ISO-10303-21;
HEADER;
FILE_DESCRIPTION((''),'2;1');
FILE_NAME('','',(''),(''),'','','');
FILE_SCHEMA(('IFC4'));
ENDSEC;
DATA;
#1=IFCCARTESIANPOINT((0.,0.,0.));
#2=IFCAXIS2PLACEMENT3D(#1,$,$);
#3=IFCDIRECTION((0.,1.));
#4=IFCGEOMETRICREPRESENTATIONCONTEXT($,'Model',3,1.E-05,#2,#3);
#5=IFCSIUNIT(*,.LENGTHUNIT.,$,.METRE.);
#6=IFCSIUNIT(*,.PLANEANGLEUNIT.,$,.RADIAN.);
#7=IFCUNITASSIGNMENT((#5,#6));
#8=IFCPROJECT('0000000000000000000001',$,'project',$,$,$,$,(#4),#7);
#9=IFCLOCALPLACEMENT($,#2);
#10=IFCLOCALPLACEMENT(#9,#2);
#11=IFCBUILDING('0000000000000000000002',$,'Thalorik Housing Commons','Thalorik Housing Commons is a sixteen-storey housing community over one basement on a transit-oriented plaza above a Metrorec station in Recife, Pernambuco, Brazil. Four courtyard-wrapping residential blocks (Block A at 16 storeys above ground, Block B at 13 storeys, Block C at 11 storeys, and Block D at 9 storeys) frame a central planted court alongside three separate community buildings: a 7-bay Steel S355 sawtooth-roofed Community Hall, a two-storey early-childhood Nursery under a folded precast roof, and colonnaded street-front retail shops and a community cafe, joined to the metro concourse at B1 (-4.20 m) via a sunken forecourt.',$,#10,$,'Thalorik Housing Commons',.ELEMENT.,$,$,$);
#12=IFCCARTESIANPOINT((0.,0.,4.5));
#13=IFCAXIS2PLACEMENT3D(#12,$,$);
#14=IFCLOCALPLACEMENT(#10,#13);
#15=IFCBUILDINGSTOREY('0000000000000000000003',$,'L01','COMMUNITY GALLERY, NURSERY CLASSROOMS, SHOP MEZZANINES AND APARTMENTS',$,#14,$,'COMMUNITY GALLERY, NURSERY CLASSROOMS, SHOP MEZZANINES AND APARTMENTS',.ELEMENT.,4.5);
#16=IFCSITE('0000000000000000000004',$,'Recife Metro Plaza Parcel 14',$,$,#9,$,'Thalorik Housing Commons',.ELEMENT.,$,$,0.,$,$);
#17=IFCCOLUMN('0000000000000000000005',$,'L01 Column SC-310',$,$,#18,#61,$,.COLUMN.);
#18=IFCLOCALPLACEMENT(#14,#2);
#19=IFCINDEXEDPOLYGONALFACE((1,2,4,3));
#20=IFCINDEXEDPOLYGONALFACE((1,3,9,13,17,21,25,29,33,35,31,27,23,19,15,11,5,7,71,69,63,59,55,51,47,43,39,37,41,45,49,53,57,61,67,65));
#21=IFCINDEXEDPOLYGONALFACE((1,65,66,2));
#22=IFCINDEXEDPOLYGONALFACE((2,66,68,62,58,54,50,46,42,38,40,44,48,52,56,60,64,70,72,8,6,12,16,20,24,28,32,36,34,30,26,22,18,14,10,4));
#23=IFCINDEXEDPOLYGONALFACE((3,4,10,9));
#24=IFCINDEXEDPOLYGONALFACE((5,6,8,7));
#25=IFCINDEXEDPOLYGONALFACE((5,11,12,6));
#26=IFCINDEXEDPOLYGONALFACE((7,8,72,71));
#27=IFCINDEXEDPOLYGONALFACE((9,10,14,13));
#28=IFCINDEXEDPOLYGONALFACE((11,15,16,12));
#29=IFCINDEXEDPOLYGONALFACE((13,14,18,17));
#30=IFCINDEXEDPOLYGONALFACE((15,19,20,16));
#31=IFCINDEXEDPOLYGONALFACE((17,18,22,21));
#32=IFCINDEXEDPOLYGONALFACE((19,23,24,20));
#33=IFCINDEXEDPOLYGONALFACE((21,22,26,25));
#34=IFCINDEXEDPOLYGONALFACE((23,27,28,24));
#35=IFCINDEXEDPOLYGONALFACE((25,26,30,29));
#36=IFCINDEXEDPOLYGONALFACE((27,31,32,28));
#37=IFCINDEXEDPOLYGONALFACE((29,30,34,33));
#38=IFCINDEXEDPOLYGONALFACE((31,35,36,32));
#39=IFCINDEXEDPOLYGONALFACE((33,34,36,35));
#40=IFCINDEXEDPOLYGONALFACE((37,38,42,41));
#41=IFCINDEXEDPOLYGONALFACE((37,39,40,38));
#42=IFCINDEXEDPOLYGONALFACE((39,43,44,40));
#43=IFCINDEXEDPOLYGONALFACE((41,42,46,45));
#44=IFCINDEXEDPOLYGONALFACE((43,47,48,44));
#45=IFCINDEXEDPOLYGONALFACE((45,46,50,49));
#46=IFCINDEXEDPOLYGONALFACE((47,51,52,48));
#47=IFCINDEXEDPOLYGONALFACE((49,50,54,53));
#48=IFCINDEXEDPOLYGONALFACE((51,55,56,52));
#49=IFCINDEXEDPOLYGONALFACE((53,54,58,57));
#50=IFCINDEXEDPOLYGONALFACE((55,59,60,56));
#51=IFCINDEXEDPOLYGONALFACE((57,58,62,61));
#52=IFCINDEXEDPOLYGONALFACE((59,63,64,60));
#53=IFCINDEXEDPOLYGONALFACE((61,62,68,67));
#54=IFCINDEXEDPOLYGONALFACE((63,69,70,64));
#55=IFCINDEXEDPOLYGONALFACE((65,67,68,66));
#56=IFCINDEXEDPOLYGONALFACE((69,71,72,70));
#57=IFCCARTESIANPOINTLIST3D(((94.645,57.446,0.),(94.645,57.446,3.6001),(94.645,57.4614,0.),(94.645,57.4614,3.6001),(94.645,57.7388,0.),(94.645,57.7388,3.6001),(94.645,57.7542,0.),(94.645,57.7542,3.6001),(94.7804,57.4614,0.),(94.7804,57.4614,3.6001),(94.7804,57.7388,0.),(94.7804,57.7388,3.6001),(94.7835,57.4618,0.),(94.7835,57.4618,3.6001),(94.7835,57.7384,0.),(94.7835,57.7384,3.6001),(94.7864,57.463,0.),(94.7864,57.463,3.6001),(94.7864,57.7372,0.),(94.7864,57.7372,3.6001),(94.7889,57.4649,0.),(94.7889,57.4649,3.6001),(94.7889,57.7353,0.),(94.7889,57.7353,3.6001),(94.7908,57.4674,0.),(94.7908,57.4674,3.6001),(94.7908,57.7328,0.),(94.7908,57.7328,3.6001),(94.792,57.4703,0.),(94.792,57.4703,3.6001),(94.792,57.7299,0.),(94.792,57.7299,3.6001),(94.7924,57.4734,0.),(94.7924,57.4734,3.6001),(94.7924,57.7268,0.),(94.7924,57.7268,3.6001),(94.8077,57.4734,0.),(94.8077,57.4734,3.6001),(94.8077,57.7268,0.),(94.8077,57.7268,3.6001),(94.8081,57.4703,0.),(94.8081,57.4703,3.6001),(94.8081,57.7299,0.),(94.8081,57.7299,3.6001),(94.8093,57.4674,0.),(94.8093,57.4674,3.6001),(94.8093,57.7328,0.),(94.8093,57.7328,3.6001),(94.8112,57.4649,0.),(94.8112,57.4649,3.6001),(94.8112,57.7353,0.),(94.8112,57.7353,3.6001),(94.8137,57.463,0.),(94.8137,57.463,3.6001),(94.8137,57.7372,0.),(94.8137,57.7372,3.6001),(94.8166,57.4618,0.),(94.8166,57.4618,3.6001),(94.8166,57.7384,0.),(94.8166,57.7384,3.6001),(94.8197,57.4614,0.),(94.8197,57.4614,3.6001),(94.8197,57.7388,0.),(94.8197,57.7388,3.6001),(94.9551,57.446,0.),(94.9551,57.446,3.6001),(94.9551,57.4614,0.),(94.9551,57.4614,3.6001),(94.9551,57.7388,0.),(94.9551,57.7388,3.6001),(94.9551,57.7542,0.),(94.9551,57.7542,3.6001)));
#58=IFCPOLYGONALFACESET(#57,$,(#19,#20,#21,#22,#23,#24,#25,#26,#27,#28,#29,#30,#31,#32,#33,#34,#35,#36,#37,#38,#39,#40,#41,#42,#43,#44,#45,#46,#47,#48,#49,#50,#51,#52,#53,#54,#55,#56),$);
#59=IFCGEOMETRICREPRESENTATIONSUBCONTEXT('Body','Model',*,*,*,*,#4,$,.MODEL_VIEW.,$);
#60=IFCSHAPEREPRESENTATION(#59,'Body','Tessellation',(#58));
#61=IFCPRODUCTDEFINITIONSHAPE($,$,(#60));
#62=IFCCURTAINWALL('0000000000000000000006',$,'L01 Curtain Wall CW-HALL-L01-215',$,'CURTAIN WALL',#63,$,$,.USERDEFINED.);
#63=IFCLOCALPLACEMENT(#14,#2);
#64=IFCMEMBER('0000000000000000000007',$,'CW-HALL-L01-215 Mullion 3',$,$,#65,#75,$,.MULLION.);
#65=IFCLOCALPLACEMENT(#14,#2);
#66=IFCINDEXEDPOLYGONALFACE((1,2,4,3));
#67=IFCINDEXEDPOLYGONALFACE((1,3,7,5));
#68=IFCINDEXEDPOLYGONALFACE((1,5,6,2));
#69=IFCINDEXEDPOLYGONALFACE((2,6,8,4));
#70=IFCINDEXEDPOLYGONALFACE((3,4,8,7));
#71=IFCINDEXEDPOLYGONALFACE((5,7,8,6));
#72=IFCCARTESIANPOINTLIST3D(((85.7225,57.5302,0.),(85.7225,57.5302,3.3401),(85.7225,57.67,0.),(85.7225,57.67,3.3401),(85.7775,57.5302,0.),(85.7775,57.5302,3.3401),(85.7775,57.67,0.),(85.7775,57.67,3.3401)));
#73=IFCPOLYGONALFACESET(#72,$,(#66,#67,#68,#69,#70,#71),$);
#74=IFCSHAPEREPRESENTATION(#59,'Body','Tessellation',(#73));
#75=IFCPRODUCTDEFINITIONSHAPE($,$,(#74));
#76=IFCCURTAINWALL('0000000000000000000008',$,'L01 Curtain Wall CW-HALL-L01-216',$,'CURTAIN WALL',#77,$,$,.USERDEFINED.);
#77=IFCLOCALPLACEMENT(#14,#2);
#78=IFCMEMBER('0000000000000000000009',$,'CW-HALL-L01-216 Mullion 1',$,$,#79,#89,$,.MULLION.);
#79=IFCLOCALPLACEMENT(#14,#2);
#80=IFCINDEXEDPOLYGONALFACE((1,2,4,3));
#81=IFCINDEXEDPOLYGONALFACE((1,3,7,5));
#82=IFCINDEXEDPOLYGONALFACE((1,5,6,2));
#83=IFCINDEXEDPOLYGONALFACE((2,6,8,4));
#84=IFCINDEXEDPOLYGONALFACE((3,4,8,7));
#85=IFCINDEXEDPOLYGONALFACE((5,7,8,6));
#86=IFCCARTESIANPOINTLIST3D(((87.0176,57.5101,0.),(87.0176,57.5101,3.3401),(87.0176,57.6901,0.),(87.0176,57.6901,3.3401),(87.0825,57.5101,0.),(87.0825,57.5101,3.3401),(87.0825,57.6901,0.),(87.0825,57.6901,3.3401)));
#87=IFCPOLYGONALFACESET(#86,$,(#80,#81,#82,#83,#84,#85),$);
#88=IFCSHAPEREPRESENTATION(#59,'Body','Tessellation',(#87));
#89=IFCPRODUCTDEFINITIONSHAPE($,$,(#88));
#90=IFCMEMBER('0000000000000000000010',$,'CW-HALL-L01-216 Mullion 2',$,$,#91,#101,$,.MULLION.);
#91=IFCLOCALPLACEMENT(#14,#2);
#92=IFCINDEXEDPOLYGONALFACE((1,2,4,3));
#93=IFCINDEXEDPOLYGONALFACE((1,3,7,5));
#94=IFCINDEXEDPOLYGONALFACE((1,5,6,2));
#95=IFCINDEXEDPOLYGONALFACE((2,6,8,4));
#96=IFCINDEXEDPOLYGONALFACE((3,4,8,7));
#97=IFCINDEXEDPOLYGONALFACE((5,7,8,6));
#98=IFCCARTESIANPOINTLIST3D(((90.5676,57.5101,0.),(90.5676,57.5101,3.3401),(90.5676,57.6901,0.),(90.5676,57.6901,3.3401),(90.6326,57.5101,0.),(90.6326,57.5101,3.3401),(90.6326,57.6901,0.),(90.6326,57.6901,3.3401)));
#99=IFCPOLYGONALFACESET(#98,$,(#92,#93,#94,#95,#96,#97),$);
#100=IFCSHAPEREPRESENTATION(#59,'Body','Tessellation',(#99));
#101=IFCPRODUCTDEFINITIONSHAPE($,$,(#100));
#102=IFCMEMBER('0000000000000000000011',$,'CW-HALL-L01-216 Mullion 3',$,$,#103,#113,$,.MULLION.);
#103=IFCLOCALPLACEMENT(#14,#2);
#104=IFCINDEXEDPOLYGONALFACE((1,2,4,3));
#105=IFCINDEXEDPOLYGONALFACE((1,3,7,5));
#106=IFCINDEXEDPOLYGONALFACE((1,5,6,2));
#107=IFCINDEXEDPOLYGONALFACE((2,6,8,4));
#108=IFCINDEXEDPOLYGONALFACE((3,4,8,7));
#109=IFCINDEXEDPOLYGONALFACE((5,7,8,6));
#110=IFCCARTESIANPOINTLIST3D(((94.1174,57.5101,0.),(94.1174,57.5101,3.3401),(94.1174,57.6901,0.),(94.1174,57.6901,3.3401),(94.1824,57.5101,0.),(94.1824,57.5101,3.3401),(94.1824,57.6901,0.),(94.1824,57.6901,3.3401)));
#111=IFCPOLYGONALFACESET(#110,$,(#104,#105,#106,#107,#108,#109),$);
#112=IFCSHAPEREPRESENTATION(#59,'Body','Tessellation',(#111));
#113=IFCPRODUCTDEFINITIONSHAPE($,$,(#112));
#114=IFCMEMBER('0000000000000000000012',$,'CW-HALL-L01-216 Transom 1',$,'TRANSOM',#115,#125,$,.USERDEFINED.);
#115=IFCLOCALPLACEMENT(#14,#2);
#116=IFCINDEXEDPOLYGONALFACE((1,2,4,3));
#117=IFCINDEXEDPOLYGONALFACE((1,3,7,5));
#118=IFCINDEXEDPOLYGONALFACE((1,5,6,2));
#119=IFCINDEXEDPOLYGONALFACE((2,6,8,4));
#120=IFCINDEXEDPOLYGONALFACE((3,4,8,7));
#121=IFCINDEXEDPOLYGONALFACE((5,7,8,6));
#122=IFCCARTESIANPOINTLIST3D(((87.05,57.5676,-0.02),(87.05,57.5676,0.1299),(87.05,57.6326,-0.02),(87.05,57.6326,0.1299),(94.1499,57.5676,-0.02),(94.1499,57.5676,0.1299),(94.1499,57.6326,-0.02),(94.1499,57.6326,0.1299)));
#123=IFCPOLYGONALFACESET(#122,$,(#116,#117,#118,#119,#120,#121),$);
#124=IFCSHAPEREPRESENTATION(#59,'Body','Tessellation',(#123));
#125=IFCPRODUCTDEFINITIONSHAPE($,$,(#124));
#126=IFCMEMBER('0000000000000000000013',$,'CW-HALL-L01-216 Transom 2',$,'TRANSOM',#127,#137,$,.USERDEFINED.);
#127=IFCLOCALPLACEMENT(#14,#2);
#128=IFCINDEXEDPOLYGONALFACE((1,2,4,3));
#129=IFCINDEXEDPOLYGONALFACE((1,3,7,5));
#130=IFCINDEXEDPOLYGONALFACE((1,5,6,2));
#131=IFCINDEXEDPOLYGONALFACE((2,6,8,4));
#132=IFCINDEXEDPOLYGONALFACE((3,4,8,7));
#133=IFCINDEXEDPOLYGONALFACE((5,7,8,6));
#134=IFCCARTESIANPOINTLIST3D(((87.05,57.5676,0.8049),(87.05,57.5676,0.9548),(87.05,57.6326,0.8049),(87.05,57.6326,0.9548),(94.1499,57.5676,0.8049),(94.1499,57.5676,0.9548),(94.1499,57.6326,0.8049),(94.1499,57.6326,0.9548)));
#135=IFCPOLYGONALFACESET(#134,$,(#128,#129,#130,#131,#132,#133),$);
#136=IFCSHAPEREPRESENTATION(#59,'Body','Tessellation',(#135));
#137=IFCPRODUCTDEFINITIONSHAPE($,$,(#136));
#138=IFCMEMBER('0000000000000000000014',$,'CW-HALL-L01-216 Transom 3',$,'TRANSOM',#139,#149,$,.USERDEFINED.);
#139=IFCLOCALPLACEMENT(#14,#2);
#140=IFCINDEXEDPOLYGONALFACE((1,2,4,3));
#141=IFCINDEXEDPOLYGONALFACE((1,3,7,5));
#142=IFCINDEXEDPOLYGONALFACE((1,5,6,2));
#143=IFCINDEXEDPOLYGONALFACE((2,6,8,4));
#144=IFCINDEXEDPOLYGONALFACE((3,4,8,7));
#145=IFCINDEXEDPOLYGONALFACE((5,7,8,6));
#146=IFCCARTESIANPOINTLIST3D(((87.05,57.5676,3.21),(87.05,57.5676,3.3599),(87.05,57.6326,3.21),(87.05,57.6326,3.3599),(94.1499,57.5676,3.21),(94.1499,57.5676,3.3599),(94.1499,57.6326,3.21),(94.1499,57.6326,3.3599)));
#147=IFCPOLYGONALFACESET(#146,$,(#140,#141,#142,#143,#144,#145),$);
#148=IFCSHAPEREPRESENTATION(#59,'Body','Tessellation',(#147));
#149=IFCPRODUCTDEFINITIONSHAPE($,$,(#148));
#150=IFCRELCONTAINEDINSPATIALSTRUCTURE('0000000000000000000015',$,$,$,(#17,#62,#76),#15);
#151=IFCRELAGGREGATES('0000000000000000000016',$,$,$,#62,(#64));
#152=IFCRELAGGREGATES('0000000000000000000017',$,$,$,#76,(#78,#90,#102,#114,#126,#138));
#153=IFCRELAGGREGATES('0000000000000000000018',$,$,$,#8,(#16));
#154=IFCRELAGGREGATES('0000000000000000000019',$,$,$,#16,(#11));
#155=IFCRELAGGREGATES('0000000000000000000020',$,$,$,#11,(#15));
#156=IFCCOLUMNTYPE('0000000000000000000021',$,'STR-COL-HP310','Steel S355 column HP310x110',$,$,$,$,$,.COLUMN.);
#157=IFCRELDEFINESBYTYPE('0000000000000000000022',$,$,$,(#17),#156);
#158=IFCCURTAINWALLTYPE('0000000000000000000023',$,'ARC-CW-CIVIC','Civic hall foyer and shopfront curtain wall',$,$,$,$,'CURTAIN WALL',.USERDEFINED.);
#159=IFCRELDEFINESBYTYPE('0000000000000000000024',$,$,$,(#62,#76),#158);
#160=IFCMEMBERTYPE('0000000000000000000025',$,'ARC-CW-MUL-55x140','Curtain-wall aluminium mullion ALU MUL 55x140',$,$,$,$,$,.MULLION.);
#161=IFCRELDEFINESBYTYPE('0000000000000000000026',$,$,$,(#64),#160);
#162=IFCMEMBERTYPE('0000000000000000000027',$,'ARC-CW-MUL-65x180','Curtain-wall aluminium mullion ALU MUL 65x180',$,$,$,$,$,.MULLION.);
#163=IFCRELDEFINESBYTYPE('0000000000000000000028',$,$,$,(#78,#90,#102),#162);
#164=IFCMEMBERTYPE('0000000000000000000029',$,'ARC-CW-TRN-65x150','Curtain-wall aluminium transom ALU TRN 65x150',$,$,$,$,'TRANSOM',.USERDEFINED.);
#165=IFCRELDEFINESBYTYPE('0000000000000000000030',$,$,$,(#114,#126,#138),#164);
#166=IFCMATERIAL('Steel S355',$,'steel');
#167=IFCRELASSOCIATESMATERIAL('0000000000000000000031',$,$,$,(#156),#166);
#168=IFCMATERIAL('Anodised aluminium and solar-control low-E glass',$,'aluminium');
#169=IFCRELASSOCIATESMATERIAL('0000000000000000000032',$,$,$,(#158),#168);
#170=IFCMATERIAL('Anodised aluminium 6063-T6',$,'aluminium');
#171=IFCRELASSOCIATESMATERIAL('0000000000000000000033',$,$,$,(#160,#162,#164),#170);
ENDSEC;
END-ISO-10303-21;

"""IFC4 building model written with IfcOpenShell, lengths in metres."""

from ifc_helpers import new_model, si_unit, direction, frame, origin, origin_2d, place, context, subcontext, project, spatial, rectangle, i_section, extrude, material, material_profile, profile_set, type_object, element, aggregate, save


model = new_model("IFC4")

# Units and contexts
model_context = context("Model", 3, precision=1e-05, world=origin(), true_north=direction((0.0, 1.0)))
body_context = subcontext(model_context, "Body", "Model", "MODEL_VIEW")
ifc_project = project(units=[si_unit("LENGTHUNIT", "METRE"), si_unit("PLANEANGLEUNIT", "RADIAN")], contexts=[model_context])

# Site, building, storey
site_placement = place(None, origin())
site = spatial("IfcSite", under=ifc_project, at=site_placement, Name="Recife Metro Plaza Parcel 14", LongName="Thalorik Housing Commons", CompositionType="ELEMENT", RefElevation=0.0)
building_placement = place(site_placement, origin())
building = spatial("IfcBuilding", under=site, at=building_placement, Name="Thalorik Housing Commons", Description="Thalorik Housing Commons is a sixteen-storey housing community over one basement on a transit-oriented plaza above a Metrorec station in Recife, Pernambuco, Brazil. Four courtyard-wrapping residential blocks (Block A at 16 storeys above ground, Block B at 13 storeys, Block C at 11 storeys, and Block D at 9 storeys) frame a central planted court alongside three separate community buildings: a 7-bay Steel S355 sawtooth-roofed Community Hall, a two-storey early-childhood Nursery under a folded precast roof, and colonnaded street-front retail shops and a community cafe, joined to the metro concourse at B1 (-4.20 m) via a sunken forecourt.", LongName="Thalorik Housing Commons", CompositionType="ELEMENT")
storey_placement = place(building_placement, frame((0.0, 0.0, 4.5)))
storey = spatial("IfcBuildingStorey", under=building, at=storey_placement, Name="L01", Description="COMMUNITY GALLERY, NURSERY CLASSROOMS, SHOP MEZZANINES AND APARTMENTS", LongName="COMMUNITY GALLERY, NURSERY CLASSROOMS, SHOP MEZZANINES AND APARTMENTS", CompositionType="ELEMENT", Elevation=4.5)

# Column
ifc_material_1 = material(Name="Steel S355", Category="steel")
ifc_material_profile_1 = material_profile(ifc_material_1, i_section(OverallWidth=0.3101, OverallDepth=0.3081, WebThickness=0.0154, FlangeThickness=0.0154, FilletRadius=0.012, at=origin_2d()), Name="HP310x110", Category="steel")
ifc_profile_set_1 = profile_set([ifc_material_profile_1], Name="Steel S355")
column_type_1 = type_object("IfcColumnType", Name="STR-COL-HP310", Description="Steel S355 column HP310x110", PredefinedType="COLUMN", material=ifc_profile_set_1)
for number, where, z_axis, x_axis, name in (
    (1, (94.8, 57.6001, 0.0), (0.0, 0.0, 1.0), (1.0, 0.0, 0.0), "L01 Column SC-310"),
):
    element("IfcColumn", number, at=place(storey_placement, frame(where, z_axis=z_axis, x_axis=x_axis)), inside=storey, type_object=column_type_1, Name=name, PredefinedType="COLUMN", context=body_context, shape_type="SweptSolid", body=[
        extrude(i_section(OverallWidth=0.3101, OverallDepth=0.3081, WebThickness=0.0154, FlangeThickness=0.0154, FilletRadius=0.012, at=origin_2d()), origin(), (0.0, 0.0, 1.0), 3.6001),
    ])

# Curtain wall, member
ifc_material_2 = material(Name="Anodised aluminium and solar-control low-E glass", Category="aluminium")
curtain_wall_type = type_object("IfcCurtainWallType", Name="ARC-CW-CIVIC", Description="Civic hall foyer and shopfront curtain wall", ElementType="CURTAIN WALL", PredefinedType="USERDEFINED", material=ifc_material_2)
curtain_wall_1_placement = place(storey_placement, origin())
curtain_wall_1 = element("IfcCurtainWall", 2, at=curtain_wall_1_placement, inside=storey, type_object=curtain_wall_type, Name="L01 Curtain Wall CW-HALL-L01-215", ObjectType="CURTAIN WALL", PredefinedType="USERDEFINED")
ifc_material_3 = material(Name="Anodised aluminium 6063-T6", Category="aluminium")
ifc_material_profile_2 = material_profile(ifc_material_3, rectangle(XDim=0.0549, YDim=0.1399, at=origin_2d()), Name="ALU MUL 55x140", Category="aluminium")
ifc_profile_set_2 = profile_set([ifc_material_profile_2], Name="Anodised aluminium 6063-T6")
member_type_1 = type_object("IfcMemberType", Name="ARC-CW-MUL-55x140", Description="Curtain-wall aluminium mullion ALU MUL 55x140", PredefinedType="MULLION", material=ifc_profile_set_2)
member_1_placement = place(storey_placement, frame((85.75, 57.6001, 0.0), z_axis=(0.0, 0.0, 1.0), x_axis=(1.0, 0.0, 0.0)))
member_1 = element("IfcMember", 3, at=member_1_placement, type_object=member_type_1, Name="CW-HALL-L01-215 Mullion 3", PredefinedType="MULLION", context=body_context, shape_type="SweptSolid", body=[
    extrude(rectangle(XDim=0.0549, YDim=0.1399, at=origin_2d()), origin(), (0.0, 0.0, 1.0), 3.3401),
])
aggregate(curtain_wall_1, [member_1])

# Curtain wall, members
curtain_wall_2_placement = place(storey_placement, origin())
curtain_wall_2 = element("IfcCurtainWall", 4, at=curtain_wall_2_placement, inside=storey, type_object=curtain_wall_type, Name="L01 Curtain Wall CW-HALL-L01-216", ObjectType="CURTAIN WALL", PredefinedType="USERDEFINED")
ifc_material_profile_3 = material_profile(ifc_material_3, rectangle(XDim=0.0649, YDim=0.1799, at=origin_2d()), Name="ALU MUL 65x180", Category="aluminium")
ifc_profile_set_3 = profile_set([ifc_material_profile_3], Name="Anodised aluminium 6063-T6")
member_type_2 = type_object("IfcMemberType", Name="ARC-CW-MUL-65x180", Description="Curtain-wall aluminium mullion ALU MUL 65x180", PredefinedType="MULLION", material=ifc_profile_set_3)
member_2_placement = place(storey_placement, frame((87.05, 57.6001, 0.0), z_axis=(0.0, 0.0, 1.0), x_axis=(1.0, 0.0, 0.0)))
member_2 = element("IfcMember", 5, at=member_2_placement, type_object=member_type_2, Name="CW-HALL-L01-216 Mullion 1", PredefinedType="MULLION", context=body_context, shape_type="SweptSolid", body=[
    extrude(rectangle(XDim=0.0649, YDim=0.1799, at=origin_2d()), origin(), (0.0, 0.0, 1.0), 3.3401),
])
member_3_placement = place(storey_placement, frame((90.6001, 57.6001, 0.0), z_axis=(0.0, 0.0, 1.0), x_axis=(1.0, 0.0, 0.0)))
member_3 = element("IfcMember", 6, at=member_3_placement, type_object=member_type_2, Name="CW-HALL-L01-216 Mullion 2", PredefinedType="MULLION", context=body_context, shape_type="SweptSolid", body=[
    extrude(rectangle(XDim=0.0649, YDim=0.1799, at=origin_2d()), origin(), (0.0, 0.0, 1.0), 3.3401),
])
member_4_placement = place(storey_placement, frame((94.1499, 57.6001, 0.0), z_axis=(0.0, 0.0, 1.0), x_axis=(1.0, 0.0, 0.0)))
member_4 = element("IfcMember", 7, at=member_4_placement, type_object=member_type_2, Name="CW-HALL-L01-216 Mullion 3", PredefinedType="MULLION", context=body_context, shape_type="SweptSolid", body=[
    extrude(rectangle(XDim=0.0649, YDim=0.1799, at=origin_2d()), origin(), (0.0, 0.0, 1.0), 3.3401),
])
ifc_material_profile_4 = material_profile(ifc_material_3, rectangle(XDim=0.0649, YDim=0.1499, at=origin_2d()), Name="ALU TRN 65x150", Category="aluminium")
ifc_profile_set_4 = profile_set([ifc_material_profile_4], Name="Anodised aluminium 6063-T6")
member_type_3 = type_object("IfcMemberType", Name="ARC-CW-TRN-65x150", Description="Curtain-wall aluminium transom ALU TRN 65x150", ElementType="TRANSOM", PredefinedType="USERDEFINED", material=ifc_profile_set_4)
member_5_placement = place(storey_placement, frame((87.05, 57.6001, 0.0549), z_axis=(1.0, 0.0, 0.0), x_axis=(0.0, 1.0, 0.0)))
member_5 = element("IfcMember", 8, at=member_5_placement, type_object=member_type_3, Name="CW-HALL-L01-216 Transom 1", ObjectType="TRANSOM", PredefinedType="USERDEFINED", context=body_context, shape_type="SweptSolid", body=[
    extrude(rectangle(XDim=0.0649, YDim=0.1499, at=origin_2d()), origin(), (0.0, 0.0, 1.0), 7.0999),
])
member_6_placement = place(storey_placement, frame((87.05, 57.6001, 0.8799), z_axis=(1.0, 0.0, 0.0), x_axis=(0.0, 1.0, 0.0)))
member_6 = element("IfcMember", 9, at=member_6_placement, type_object=member_type_3, Name="CW-HALL-L01-216 Transom 2", ObjectType="TRANSOM", PredefinedType="USERDEFINED", context=body_context, shape_type="SweptSolid", body=[
    extrude(rectangle(XDim=0.0649, YDim=0.1499, at=origin_2d()), origin(), (0.0, 0.0, 1.0), 7.0999),
])
member_7_placement = place(storey_placement, frame((87.05, 57.6001, 3.2849), z_axis=(1.0, 0.0, 0.0), x_axis=(0.0, 1.0, 0.0)))
member_7 = element("IfcMember", 10, at=member_7_placement, type_object=member_type_3, Name="CW-HALL-L01-216 Transom 3", ObjectType="TRANSOM", PredefinedType="USERDEFINED", context=body_context, shape_type="SweptSolid", body=[
    extrude(rectangle(XDim=0.0649, YDim=0.1499, at=origin_2d()), origin(), (0.0, 0.0, 1.0), 7.0999),
])

aggregate(curtain_wall_2, [member_2, member_3, member_4, member_5, member_6, member_7])

save(model, "model.ifc")
